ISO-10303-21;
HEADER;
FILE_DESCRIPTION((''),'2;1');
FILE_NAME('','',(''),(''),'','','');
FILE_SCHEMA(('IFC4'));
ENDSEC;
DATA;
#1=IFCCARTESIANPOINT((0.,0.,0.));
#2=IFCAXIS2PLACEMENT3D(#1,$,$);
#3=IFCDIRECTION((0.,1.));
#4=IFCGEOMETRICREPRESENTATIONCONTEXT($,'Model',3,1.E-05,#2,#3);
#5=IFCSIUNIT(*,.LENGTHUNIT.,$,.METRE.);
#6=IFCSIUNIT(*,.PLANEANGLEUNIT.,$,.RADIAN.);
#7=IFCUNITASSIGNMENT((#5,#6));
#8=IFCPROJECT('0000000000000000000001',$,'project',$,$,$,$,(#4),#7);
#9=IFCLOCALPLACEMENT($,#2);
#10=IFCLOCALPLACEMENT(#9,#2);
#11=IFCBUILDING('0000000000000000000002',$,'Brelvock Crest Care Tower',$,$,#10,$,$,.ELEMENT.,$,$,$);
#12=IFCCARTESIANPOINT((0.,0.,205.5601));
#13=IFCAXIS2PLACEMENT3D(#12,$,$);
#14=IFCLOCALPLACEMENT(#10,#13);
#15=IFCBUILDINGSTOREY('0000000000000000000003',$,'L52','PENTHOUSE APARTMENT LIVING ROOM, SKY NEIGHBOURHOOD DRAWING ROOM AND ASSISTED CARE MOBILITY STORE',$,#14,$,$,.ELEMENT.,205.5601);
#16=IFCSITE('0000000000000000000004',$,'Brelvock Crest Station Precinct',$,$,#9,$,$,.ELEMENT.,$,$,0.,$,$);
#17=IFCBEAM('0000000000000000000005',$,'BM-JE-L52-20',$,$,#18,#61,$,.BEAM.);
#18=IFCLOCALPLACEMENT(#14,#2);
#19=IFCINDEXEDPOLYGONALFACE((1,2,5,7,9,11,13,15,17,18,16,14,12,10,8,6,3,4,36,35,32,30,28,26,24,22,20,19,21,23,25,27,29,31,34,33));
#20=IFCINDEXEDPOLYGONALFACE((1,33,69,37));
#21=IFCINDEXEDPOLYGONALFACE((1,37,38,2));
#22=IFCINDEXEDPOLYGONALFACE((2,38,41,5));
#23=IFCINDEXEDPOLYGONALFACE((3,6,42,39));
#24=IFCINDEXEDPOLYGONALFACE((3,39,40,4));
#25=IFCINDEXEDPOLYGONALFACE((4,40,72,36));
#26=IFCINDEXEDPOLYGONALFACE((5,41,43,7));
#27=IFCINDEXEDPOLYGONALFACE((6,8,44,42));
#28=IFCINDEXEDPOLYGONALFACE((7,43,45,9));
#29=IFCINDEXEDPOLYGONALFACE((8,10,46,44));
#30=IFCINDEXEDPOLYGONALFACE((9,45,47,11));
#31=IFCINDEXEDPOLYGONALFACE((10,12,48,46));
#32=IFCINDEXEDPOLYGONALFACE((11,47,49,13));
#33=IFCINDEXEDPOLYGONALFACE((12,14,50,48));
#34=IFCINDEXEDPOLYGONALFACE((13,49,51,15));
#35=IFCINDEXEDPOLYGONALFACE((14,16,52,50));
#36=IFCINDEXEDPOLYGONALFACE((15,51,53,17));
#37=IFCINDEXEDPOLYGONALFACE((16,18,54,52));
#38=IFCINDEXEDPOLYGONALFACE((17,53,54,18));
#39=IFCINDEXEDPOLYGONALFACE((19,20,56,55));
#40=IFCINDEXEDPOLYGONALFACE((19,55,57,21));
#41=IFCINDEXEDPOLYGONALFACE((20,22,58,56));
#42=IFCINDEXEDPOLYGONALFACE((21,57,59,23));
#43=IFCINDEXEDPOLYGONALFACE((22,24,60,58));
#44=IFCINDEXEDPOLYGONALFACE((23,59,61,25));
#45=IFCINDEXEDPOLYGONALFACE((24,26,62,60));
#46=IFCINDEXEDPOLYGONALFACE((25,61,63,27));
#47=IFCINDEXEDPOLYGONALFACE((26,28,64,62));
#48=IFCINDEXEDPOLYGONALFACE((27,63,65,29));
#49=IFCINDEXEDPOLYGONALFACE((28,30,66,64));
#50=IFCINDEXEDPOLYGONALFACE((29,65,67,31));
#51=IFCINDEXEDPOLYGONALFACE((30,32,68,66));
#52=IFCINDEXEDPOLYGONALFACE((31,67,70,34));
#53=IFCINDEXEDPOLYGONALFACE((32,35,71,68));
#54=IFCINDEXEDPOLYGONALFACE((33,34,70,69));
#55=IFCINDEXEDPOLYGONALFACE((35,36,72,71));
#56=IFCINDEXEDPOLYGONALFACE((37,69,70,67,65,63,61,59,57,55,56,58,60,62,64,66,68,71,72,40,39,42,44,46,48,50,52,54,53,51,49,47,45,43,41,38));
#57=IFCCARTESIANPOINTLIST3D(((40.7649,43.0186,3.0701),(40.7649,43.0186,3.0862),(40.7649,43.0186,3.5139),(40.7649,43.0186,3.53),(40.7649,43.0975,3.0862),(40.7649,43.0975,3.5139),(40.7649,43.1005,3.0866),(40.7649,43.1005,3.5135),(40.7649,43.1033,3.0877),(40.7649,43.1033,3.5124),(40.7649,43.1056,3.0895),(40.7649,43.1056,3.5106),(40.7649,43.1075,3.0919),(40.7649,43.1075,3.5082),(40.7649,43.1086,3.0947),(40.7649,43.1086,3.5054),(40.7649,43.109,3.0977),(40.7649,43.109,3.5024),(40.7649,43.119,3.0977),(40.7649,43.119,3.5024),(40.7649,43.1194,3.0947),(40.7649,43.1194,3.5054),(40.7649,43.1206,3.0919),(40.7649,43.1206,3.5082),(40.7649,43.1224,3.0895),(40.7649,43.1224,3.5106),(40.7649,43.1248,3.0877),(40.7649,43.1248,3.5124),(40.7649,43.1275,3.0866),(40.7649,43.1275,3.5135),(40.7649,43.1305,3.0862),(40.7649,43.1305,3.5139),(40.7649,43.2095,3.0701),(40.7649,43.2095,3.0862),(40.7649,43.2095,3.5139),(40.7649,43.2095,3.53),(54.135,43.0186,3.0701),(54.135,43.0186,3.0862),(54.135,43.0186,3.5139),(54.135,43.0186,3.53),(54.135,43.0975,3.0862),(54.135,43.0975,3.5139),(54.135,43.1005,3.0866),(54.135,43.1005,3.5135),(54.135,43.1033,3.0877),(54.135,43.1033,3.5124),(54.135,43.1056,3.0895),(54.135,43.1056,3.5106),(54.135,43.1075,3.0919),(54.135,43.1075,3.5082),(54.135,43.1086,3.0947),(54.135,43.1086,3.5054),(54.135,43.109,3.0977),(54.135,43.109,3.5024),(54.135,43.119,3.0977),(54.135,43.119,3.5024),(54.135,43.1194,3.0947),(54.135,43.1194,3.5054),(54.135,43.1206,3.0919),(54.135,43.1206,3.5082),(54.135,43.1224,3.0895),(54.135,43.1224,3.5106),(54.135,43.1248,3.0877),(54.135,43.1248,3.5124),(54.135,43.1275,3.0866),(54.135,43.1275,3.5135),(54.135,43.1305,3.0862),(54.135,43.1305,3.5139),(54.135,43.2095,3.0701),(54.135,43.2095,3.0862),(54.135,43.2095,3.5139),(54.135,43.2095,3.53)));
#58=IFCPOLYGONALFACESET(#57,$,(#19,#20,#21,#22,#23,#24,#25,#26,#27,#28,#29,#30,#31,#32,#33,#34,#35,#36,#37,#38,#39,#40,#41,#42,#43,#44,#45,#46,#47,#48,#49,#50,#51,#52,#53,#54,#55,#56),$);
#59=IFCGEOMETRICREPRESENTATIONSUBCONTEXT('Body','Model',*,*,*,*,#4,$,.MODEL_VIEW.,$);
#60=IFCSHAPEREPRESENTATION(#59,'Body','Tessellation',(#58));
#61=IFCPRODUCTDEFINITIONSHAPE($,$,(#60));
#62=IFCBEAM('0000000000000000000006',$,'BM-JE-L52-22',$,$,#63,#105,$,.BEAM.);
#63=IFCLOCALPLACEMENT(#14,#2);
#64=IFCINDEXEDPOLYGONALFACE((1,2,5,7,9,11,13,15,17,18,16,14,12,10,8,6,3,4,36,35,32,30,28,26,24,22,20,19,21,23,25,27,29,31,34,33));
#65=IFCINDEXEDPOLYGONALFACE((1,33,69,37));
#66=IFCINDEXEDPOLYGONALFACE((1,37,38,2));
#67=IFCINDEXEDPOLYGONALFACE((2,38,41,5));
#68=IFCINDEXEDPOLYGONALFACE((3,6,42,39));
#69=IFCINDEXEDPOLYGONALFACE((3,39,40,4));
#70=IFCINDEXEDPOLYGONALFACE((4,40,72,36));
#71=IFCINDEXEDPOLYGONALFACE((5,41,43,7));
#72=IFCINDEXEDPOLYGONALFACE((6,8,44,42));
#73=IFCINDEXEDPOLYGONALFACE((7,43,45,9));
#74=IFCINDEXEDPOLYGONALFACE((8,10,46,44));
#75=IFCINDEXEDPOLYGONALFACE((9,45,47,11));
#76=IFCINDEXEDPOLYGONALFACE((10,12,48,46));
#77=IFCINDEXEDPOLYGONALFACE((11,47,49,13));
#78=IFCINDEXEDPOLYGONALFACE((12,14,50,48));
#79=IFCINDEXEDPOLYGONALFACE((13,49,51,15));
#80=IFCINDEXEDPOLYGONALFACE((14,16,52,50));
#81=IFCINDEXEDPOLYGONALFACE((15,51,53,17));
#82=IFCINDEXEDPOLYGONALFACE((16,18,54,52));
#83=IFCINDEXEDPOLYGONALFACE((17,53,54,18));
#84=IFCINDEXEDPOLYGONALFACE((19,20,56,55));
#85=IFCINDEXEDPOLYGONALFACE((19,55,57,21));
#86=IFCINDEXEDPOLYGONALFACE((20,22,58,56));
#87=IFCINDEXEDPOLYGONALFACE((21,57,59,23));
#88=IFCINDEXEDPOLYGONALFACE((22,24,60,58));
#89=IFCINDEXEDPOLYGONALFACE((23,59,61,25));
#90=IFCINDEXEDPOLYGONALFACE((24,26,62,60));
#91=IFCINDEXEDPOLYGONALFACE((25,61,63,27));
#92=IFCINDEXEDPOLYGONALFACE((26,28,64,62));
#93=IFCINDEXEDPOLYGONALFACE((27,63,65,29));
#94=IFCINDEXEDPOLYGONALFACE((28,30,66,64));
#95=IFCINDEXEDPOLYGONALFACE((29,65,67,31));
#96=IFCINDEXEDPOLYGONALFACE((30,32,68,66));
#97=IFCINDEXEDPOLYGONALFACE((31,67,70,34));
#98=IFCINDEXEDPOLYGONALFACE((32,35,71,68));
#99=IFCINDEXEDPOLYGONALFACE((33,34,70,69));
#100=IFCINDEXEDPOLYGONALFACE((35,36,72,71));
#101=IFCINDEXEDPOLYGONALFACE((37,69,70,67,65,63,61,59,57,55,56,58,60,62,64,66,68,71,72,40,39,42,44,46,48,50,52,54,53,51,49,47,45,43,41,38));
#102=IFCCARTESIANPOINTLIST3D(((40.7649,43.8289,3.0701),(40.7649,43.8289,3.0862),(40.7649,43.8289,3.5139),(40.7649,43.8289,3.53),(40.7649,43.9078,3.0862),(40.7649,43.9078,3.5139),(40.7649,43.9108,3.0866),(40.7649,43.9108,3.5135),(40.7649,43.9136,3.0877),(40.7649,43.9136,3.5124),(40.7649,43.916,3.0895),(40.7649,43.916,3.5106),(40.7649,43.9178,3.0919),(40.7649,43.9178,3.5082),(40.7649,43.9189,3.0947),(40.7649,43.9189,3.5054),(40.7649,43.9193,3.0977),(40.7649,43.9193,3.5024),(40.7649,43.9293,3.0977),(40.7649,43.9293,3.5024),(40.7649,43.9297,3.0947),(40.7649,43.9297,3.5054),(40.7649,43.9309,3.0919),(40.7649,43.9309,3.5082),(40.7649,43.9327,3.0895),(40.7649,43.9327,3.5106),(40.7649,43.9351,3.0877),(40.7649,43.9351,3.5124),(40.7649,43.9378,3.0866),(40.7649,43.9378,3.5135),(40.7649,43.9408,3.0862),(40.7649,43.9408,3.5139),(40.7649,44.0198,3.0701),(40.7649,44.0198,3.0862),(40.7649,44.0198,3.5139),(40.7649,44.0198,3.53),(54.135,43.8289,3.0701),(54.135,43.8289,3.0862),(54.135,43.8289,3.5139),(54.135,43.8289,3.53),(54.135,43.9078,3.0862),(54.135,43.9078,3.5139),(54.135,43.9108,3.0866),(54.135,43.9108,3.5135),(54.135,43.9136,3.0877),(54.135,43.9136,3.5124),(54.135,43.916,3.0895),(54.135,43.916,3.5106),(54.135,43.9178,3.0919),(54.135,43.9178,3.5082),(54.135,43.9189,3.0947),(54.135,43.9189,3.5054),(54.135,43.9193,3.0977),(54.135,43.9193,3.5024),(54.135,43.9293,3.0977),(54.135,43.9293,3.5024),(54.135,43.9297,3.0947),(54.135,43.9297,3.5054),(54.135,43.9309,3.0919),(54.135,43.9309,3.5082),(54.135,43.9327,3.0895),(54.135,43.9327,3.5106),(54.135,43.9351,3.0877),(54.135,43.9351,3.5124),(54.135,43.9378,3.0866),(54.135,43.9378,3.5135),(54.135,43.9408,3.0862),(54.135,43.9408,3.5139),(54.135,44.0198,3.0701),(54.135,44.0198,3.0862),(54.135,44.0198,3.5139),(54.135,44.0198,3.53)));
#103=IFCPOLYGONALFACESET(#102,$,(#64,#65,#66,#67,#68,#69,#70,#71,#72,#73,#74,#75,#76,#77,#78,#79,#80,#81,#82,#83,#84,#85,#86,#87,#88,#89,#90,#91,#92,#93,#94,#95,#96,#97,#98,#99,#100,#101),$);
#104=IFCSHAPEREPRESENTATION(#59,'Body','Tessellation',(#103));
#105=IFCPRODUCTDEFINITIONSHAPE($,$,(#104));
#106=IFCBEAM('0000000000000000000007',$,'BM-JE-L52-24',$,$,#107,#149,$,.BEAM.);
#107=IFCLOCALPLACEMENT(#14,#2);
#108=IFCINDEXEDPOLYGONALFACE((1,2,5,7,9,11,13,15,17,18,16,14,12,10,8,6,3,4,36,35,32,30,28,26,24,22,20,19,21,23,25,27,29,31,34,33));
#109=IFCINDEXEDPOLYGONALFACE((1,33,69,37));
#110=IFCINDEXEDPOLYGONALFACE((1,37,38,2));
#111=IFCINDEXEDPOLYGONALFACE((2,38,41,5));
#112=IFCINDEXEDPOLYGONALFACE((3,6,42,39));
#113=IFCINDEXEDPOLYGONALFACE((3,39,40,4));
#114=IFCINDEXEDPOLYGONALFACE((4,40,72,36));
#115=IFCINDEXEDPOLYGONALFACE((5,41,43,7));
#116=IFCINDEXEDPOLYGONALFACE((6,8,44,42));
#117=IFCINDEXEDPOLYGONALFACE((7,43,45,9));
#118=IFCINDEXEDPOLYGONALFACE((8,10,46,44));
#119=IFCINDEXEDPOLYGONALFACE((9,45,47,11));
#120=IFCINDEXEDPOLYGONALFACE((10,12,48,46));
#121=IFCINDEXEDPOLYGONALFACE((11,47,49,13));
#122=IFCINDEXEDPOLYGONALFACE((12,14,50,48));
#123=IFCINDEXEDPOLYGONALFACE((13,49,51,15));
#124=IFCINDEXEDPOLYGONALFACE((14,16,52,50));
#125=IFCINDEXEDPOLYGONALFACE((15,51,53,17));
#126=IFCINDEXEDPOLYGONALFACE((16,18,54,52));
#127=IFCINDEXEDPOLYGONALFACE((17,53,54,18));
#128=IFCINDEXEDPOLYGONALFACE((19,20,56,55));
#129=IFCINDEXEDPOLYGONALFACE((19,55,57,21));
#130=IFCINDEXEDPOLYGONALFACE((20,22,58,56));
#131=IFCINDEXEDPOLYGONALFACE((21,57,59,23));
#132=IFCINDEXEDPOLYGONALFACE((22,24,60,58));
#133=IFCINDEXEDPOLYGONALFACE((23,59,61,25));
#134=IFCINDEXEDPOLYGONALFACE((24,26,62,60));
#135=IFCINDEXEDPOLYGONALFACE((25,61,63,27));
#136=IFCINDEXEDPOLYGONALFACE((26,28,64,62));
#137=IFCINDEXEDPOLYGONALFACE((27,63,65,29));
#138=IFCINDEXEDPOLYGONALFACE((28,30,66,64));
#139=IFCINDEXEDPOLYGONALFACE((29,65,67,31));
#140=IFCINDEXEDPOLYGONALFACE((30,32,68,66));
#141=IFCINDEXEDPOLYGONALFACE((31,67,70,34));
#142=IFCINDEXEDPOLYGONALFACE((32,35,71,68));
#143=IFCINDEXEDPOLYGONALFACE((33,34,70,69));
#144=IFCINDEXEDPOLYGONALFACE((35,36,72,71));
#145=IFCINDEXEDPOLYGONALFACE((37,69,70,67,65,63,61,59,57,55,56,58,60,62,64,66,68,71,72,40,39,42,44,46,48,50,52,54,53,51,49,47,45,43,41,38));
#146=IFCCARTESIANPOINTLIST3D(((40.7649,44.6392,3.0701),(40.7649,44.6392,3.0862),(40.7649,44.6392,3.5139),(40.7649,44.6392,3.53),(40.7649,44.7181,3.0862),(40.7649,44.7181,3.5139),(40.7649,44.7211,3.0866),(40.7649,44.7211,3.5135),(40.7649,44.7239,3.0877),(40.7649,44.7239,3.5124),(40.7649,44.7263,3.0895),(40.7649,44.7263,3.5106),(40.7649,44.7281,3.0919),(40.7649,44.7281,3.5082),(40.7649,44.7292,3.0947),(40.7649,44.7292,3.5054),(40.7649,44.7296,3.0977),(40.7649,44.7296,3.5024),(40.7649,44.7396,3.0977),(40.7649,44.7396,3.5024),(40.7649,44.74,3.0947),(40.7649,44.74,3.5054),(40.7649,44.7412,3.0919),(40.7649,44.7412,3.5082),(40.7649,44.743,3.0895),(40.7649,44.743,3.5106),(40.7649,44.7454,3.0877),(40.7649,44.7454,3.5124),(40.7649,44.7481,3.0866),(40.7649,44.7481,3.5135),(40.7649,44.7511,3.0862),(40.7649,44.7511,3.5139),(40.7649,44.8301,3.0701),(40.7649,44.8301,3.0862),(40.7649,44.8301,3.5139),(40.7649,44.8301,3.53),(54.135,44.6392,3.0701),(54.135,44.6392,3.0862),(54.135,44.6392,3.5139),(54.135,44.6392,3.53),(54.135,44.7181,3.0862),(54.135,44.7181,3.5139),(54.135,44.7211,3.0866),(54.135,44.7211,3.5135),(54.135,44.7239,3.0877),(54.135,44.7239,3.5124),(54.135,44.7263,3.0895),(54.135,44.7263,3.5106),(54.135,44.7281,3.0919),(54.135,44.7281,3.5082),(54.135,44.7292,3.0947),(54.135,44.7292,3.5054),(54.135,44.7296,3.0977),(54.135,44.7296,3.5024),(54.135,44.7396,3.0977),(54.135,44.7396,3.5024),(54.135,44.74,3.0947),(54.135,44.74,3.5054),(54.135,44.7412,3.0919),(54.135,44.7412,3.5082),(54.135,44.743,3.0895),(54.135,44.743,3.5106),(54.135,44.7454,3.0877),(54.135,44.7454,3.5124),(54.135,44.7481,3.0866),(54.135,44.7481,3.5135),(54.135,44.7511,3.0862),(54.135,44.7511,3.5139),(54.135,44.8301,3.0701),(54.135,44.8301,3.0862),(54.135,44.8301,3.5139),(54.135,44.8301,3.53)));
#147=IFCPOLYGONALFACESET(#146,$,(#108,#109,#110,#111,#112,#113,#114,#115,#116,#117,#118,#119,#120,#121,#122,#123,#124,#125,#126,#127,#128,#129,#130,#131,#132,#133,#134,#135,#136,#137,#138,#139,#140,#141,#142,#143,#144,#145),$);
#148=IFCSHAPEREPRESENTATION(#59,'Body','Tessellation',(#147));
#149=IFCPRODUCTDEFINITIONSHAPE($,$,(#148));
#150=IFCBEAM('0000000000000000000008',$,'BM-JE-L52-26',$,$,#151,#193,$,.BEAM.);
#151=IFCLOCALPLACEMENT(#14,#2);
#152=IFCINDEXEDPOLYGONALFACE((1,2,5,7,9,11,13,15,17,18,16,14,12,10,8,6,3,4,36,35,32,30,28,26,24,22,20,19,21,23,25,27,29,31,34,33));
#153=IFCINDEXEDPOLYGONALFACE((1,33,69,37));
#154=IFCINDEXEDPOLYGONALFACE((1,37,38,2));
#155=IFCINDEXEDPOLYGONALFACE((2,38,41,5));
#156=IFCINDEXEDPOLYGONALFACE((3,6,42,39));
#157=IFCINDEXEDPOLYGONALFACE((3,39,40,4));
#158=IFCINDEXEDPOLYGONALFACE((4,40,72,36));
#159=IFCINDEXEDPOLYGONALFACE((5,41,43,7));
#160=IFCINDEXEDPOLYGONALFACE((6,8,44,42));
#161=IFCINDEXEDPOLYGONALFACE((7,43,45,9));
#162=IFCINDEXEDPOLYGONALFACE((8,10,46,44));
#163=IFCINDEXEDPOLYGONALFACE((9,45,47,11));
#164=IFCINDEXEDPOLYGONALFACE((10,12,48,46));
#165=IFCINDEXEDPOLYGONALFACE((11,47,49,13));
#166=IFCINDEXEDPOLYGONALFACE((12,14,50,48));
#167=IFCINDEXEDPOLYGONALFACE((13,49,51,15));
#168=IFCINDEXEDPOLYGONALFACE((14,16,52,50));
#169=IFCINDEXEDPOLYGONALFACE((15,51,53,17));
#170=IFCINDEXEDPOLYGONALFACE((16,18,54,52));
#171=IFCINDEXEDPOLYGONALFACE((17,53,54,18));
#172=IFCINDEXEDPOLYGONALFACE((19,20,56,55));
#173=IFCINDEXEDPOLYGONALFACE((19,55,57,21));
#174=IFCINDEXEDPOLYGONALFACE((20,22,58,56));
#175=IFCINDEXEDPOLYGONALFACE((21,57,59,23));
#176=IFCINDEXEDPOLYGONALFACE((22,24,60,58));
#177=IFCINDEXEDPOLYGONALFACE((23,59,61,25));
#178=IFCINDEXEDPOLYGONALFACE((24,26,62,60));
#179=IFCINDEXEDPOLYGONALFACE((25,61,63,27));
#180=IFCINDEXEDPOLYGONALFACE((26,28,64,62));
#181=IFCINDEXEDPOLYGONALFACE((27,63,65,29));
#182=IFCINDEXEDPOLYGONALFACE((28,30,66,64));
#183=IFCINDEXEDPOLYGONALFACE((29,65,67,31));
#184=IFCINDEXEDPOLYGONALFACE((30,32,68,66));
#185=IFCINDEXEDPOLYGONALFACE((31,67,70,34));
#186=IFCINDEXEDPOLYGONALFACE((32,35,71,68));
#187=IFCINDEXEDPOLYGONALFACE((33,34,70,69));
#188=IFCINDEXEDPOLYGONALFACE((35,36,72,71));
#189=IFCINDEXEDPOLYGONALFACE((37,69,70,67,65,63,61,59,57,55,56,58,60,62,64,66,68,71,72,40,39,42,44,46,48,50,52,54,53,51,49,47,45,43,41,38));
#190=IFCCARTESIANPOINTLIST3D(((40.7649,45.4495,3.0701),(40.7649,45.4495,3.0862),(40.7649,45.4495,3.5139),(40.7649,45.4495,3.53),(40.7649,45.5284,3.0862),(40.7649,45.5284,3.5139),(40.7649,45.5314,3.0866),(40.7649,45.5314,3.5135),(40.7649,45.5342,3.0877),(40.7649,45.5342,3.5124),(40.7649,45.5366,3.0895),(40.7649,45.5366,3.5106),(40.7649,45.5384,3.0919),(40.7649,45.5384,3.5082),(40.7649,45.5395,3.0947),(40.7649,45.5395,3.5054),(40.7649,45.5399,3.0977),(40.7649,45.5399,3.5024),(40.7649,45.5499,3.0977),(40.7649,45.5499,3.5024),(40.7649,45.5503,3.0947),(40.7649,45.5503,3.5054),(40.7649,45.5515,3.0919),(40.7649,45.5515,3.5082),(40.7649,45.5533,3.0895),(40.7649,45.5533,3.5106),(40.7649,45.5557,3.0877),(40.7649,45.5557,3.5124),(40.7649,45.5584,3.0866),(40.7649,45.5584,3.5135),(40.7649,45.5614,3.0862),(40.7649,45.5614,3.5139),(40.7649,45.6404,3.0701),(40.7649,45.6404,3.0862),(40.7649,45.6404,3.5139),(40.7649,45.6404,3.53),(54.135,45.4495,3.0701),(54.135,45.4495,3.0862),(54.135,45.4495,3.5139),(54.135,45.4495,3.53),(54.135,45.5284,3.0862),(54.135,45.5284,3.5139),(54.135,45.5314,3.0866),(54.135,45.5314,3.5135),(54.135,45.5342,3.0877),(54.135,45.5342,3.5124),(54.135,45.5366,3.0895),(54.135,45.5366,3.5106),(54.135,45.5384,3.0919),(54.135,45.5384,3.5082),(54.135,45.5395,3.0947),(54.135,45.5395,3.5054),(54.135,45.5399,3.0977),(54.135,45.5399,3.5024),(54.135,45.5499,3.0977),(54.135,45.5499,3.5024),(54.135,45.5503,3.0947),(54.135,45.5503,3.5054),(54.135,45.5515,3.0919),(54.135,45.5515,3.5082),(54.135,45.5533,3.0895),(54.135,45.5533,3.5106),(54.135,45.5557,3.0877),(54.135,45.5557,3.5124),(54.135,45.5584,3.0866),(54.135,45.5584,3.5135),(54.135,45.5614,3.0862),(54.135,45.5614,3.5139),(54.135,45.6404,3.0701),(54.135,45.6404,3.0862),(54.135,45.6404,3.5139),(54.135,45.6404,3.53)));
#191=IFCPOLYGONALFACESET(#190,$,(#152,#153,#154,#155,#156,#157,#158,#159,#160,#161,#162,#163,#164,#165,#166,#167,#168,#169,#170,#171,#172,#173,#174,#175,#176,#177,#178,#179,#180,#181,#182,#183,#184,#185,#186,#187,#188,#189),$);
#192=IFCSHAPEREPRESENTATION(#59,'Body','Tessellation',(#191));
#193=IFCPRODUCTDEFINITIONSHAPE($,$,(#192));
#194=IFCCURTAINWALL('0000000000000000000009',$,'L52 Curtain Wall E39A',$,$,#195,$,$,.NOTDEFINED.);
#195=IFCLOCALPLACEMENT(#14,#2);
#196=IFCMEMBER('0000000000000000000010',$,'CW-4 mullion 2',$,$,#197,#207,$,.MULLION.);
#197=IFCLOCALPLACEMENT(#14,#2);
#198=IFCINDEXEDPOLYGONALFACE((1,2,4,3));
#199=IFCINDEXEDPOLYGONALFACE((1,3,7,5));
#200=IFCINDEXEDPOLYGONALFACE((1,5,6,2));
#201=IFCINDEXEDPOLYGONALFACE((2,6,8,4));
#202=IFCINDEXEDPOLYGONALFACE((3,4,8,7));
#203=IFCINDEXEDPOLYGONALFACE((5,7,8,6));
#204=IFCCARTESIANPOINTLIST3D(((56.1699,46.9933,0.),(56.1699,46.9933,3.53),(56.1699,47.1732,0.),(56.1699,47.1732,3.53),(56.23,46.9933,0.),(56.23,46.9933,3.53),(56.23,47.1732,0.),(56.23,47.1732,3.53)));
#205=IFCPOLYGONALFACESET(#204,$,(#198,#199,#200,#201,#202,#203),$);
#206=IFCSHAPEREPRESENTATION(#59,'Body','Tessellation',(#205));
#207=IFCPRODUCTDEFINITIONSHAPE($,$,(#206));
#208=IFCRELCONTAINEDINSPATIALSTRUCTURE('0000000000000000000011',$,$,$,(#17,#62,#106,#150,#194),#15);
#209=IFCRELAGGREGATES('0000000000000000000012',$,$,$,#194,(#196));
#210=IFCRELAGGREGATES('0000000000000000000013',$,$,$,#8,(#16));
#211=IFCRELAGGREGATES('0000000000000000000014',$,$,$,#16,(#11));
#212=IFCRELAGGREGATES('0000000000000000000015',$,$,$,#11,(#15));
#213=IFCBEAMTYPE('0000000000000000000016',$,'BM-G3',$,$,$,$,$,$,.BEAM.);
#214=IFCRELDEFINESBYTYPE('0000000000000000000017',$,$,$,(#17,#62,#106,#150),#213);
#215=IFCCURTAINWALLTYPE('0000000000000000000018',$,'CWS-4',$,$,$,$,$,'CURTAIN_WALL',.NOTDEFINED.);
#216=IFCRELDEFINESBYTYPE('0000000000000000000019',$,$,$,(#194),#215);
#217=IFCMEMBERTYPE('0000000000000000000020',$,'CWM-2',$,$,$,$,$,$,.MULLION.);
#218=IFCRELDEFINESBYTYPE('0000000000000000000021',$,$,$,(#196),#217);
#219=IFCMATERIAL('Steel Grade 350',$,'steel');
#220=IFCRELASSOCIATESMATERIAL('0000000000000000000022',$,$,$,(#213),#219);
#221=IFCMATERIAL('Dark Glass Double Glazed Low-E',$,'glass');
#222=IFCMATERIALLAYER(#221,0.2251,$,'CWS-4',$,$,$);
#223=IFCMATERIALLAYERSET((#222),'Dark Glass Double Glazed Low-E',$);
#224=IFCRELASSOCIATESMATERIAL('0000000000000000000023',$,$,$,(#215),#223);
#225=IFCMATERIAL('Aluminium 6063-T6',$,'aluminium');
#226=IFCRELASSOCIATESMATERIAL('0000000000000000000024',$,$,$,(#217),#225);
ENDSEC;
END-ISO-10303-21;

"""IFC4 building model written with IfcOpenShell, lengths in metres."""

from ifc_helpers import new_model, si_unit, direction, frame, origin, origin_2d, place, context, subcontext, project, spatial, rectangle, i_section, extrude, source, transform, mapped, material, layer, layer_set, material_profile, profile_set, type_object, element, aggregate, save


model = new_model("IFC4")

# Units and contexts
model_context = context("Model", 3, precision=1e-05, world=origin(), true_north=direction((0.0, 1.0)))
body_context = subcontext(model_context, "Body", "Model", "MODEL_VIEW")
ifc_project = project(units=[si_unit("LENGTHUNIT", "METRE"), si_unit("PLANEANGLEUNIT", "RADIAN")], contexts=[model_context])

# Site, building, storey
site_placement = place(None, origin())
site = spatial("IfcSite", under=ifc_project, at=site_placement, Name="Brelvock Crest Station Precinct", CompositionType="ELEMENT", RefElevation=0.0)
building_placement = place(site_placement, origin())
building = spatial("IfcBuilding", under=site, at=building_placement, Name="Brelvock Crest Care Tower", CompositionType="ELEMENT")
storey_placement = place(building_placement, frame((0.0, 0.0, 205.5601)))
storey = spatial("IfcBuildingStorey", under=building, at=storey_placement, Name="L52", Description="PENTHOUSE APARTMENT LIVING ROOM, SKY NEIGHBOURHOOD DRAWING ROOM AND ASSISTED CARE MOBILITY STORE", CompositionType="ELEMENT", Elevation=205.5601)

# Shared definitions
ifc_material_1 = material(Name="Steel Grade 350", Category="steel")

# Beams
ifc_material_profile_1 = material_profile(ifc_material_1, i_section(OverallWidth=0.1909, OverallDepth=0.46, WebThickness=0.01, FlangeThickness=0.0161, FilletRadius=0.0115, at=origin_2d()), Name="460UB82.1")
ifc_profile_set_1 = profile_set([ifc_material_profile_1], Name="Steel Grade 350")
beam_type_1 = type_object("IfcBeamType", Name="BM-G3", PredefinedType="BEAM", material=ifc_profile_set_1)
shared_shape_1 = source(origin(), body_context, "Body", "SweptSolid", [
    extrude(i_section(OverallWidth=0.1909, OverallDepth=0.46, WebThickness=0.01, FlangeThickness=0.0161, FilletRadius=0.0115, at=origin_2d()), origin(), (0.0, 0.0, 1.0), 13.3701),
])
for number, where, z_axis, x_axis, name in (
    (1, (40.7649, 43.114, 3.3), (1.0, 0.0, 0.0), (0.0, 1.0, 0.0), "BM-JE-L52-20"),
    (2, (40.7649, 43.9243, 3.3), (1.0, 0.0, 0.0), (0.0, 1.0, 0.0), "BM-JE-L52-22"),
    (3, (40.7649, 44.7346, 3.3), (1.0, 0.0, 0.0), (0.0, 1.0, 0.0), "BM-JE-L52-24"),
    (4, (40.7649, 45.5449, 3.3), (1.0, 0.0, 0.0), (0.0, 1.0, 0.0), "BM-JE-L52-26"),
):
    element("IfcBeam", number, at=place(storey_placement, frame(where, z_axis=z_axis, x_axis=x_axis)), inside=storey, type_object=beam_type_1, Name=name, PredefinedType="BEAM", context=body_context, shape_type="MappedRepresentation", body=[
        mapped(shared_shape_1, transform((0.0, 0.0, 0.0), x_axis=(1.0, 0.0, 0.0), y_axis=(0.0, 1.0, 0.0), z_axis=(0.0, 0.0, 1.0), scale=1.0)),
    ])

# Curtain wall, member
ifc_material_2 = material(Name="Dark Glass Double Glazed Low-E", Category="glass")
ifc_layer_1 = layer(ifc_material_2, 0.2251, Name="CWS-4")
ifc_layer_set_1 = layer_set([ifc_layer_1], Name="Dark Glass Double Glazed Low-E")
curtain_wall_type = type_object("IfcCurtainWallType", Name="CWS-4", ElementType="CURTAIN_WALL", PredefinedType="NOTDEFINED", material=ifc_layer_set_1)
curtain_wall_1_placement = place(storey_placement, origin())
curtain_wall_1 = element("IfcCurtainWall", 5, at=curtain_wall_1_placement, inside=storey, type_object=curtain_wall_type, Name="L52 Curtain Wall E39A", PredefinedType="NOTDEFINED")
ifc_material_3 = material(Name="Aluminium 6063-T6", Category="aluminium")
ifc_material_profile_2 = material_profile(ifc_material_3, rectangle(XDim=0.0601, YDim=0.1799, at=origin_2d()), Name="ALU60x180")
ifc_profile_set_2 = profile_set([ifc_material_profile_2], Name="Aluminium 6063-T6")
member_type_1 = type_object("IfcMemberType", Name="CWM-2", PredefinedType="MULLION", material=ifc_profile_set_2)
shared_shape_2 = source(origin(), body_context, "Body", "SweptSolid", [
    extrude(rectangle(XDim=0.0601, YDim=0.1799, at=origin_2d()), origin(), (0.0, 0.0, 1.0), 3.53),
])
member_1_placement = place(storey_placement, frame((56.2, 47.0833, 0.0), z_axis=(0.0, 0.0, 1.0), x_axis=(1.0, 0.0, 0.0)))
member_1 = element("IfcMember", 6, at=member_1_placement, type_object=member_type_1, Name="CW-4 mullion 2", PredefinedType="MULLION", context=body_context, shape_type="MappedRepresentation", body=[
    mapped(shared_shape_2, transform((0.0, 0.0, 0.0), x_axis=(1.0, 0.0, 0.0), y_axis=(0.0, 1.0, 0.0), z_axis=(0.0, 0.0, 1.0), scale=1.0)),
])

aggregate(curtain_wall_1, [member_1])

save(model, "model.ifc")
